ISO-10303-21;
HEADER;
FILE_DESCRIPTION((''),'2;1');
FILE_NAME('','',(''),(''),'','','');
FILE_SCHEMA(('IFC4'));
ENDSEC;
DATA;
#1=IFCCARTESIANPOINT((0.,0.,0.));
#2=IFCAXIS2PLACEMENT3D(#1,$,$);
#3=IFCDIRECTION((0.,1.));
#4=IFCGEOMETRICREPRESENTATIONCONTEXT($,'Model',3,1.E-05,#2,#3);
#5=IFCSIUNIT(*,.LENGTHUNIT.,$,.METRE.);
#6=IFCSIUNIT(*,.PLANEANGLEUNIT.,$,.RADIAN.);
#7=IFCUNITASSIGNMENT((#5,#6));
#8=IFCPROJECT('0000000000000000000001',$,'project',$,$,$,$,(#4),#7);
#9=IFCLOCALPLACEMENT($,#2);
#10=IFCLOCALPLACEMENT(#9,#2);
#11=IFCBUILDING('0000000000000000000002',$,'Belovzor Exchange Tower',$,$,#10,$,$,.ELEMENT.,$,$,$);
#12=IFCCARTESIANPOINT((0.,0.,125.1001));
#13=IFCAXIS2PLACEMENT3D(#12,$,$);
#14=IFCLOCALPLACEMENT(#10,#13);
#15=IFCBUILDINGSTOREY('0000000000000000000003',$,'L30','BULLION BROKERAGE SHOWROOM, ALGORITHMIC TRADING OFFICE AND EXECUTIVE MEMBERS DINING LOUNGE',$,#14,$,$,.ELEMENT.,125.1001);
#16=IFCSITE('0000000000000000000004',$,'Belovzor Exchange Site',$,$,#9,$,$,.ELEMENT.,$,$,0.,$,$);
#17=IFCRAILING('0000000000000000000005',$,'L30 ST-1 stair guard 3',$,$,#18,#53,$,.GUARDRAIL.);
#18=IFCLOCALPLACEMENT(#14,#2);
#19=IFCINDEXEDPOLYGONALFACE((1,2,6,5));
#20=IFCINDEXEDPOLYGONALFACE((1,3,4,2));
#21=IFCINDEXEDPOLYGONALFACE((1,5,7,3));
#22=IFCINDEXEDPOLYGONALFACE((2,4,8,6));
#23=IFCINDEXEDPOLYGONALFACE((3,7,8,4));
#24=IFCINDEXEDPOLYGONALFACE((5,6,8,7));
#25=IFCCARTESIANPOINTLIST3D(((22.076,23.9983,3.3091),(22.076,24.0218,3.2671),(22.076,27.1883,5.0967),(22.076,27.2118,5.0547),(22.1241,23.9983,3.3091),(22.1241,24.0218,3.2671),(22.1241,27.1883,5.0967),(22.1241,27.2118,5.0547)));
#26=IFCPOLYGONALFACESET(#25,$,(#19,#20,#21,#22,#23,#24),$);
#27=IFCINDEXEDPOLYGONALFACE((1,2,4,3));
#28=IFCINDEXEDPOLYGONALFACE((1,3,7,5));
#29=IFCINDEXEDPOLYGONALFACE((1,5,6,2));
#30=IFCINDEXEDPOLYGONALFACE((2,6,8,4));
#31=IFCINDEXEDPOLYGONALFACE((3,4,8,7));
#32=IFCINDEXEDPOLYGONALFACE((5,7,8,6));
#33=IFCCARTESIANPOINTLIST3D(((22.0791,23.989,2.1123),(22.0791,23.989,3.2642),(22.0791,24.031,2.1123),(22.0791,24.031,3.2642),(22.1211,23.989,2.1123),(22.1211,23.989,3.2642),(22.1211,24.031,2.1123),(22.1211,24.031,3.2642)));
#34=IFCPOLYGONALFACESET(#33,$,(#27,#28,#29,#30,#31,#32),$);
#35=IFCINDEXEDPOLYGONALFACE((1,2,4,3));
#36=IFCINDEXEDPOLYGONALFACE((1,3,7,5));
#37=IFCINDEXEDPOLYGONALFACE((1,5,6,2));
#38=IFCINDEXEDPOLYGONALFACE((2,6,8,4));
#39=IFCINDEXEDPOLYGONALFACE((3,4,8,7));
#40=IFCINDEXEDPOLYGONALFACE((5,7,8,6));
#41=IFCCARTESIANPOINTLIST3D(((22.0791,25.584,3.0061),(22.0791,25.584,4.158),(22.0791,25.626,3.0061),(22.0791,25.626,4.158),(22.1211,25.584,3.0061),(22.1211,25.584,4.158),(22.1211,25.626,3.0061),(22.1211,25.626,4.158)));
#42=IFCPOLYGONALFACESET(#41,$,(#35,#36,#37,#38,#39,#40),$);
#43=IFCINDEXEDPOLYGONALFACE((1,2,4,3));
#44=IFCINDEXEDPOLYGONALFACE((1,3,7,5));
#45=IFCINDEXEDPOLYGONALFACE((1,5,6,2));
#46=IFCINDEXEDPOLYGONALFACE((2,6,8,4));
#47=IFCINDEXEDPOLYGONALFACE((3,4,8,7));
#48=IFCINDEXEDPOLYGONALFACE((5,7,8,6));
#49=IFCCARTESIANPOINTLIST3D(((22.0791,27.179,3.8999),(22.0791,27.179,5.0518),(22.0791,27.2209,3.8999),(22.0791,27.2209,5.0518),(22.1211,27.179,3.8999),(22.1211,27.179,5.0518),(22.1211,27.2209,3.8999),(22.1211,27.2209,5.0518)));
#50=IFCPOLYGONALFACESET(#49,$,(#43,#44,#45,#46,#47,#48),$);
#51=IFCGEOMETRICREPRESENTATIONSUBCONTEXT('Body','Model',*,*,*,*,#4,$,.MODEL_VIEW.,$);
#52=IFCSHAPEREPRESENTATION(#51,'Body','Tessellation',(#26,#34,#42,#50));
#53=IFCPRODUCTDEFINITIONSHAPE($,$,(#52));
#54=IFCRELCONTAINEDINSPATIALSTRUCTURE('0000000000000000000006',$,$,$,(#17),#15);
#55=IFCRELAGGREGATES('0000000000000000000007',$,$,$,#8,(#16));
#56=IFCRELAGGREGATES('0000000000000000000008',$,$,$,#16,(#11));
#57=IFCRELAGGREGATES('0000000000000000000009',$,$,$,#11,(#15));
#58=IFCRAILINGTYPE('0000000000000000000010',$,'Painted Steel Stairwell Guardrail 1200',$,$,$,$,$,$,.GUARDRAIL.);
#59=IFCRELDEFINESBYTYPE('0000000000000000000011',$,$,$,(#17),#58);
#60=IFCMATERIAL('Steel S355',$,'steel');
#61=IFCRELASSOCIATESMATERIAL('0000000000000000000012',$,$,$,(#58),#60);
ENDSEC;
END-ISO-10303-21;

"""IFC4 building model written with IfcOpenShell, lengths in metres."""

from ifc_helpers import new_model, si_unit, direction, frame, origin, origin_2d, place, context, subcontext, project, spatial, rectangle, extrude, material, type_object, element, save


model = new_model("IFC4")

# Units and contexts
model_context = context("Model", 3, precision=1e-05, world=origin(), true_north=direction((0.0, 1.0)))
body_context = subcontext(model_context, "Body", "Model", "MODEL_VIEW")
ifc_project = project(units=[si_unit("LENGTHUNIT", "METRE"), si_unit("PLANEANGLEUNIT", "RADIAN")], contexts=[model_context])

# Site, building, storey
site_placement = place(None, origin())
site = spatial("IfcSite", under=ifc_project, at=site_placement, Name="Belovzor Exchange Site", CompositionType="ELEMENT", RefElevation=0.0)
building_placement = place(site_placement, origin())
building = spatial("IfcBuilding", under=site, at=building_placement, Name="Belovzor Exchange Tower", CompositionType="ELEMENT")
storey_placement = place(building_placement, frame((0.0, 0.0, 125.1001)))
storey = spatial("IfcBuildingStorey", under=building, at=storey_placement, Name="L30", Description="BULLION BROKERAGE SHOWROOM, ALGORITHMIC TRADING OFFICE AND EXECUTIVE MEMBERS DINING LOUNGE", CompositionType="ELEMENT", Elevation=125.1001)

# Railing
ifc_material_1 = material(Name="Steel S355", Category="steel")
railing_type_1 = type_object("IfcRailingType", Name="Painted Steel Stairwell Guardrail 1200", PredefinedType="GUARDRAIL", material=ifc_material_1)
railing_1_placement = place(storey_placement, frame((22.1001, 24.01, 2.1123)))
element("IfcRailing", 1, at=railing_1_placement, inside=storey, type_object=railing_type_1, Name="L30 ST-1 stair guard 3", PredefinedType="GUARDRAIL", context=body_context, shape_type="SweptSolid", body=[
    extrude(rectangle(XDim=0.0481, YDim=0.0481, at=origin_2d()), frame((0.0, 0.0, 1.1758), z_axis=(0.0, 0.872363, 0.48886), x_axis=(-1.0, 0.0, 0.0)), (0.0, 0.0, 1.0), 3.6567),
    extrude(rectangle(XDim=0.042, YDim=0.042, at=origin_2d()), origin(), (0.0, 0.0, 1.0), 1.1519),
    extrude(rectangle(XDim=0.042, YDim=0.042, at=origin_2d()), frame((0.0, 1.595, 0.8938)), (0.0, 0.0, 1.0), 1.1519),
    extrude(rectangle(XDim=0.042, YDim=0.042, at=origin_2d()), frame((0.0, 3.1899, 1.7876)), (0.0, 0.0, 1.0), 1.1519),
])

save(model, "model.ifc")
